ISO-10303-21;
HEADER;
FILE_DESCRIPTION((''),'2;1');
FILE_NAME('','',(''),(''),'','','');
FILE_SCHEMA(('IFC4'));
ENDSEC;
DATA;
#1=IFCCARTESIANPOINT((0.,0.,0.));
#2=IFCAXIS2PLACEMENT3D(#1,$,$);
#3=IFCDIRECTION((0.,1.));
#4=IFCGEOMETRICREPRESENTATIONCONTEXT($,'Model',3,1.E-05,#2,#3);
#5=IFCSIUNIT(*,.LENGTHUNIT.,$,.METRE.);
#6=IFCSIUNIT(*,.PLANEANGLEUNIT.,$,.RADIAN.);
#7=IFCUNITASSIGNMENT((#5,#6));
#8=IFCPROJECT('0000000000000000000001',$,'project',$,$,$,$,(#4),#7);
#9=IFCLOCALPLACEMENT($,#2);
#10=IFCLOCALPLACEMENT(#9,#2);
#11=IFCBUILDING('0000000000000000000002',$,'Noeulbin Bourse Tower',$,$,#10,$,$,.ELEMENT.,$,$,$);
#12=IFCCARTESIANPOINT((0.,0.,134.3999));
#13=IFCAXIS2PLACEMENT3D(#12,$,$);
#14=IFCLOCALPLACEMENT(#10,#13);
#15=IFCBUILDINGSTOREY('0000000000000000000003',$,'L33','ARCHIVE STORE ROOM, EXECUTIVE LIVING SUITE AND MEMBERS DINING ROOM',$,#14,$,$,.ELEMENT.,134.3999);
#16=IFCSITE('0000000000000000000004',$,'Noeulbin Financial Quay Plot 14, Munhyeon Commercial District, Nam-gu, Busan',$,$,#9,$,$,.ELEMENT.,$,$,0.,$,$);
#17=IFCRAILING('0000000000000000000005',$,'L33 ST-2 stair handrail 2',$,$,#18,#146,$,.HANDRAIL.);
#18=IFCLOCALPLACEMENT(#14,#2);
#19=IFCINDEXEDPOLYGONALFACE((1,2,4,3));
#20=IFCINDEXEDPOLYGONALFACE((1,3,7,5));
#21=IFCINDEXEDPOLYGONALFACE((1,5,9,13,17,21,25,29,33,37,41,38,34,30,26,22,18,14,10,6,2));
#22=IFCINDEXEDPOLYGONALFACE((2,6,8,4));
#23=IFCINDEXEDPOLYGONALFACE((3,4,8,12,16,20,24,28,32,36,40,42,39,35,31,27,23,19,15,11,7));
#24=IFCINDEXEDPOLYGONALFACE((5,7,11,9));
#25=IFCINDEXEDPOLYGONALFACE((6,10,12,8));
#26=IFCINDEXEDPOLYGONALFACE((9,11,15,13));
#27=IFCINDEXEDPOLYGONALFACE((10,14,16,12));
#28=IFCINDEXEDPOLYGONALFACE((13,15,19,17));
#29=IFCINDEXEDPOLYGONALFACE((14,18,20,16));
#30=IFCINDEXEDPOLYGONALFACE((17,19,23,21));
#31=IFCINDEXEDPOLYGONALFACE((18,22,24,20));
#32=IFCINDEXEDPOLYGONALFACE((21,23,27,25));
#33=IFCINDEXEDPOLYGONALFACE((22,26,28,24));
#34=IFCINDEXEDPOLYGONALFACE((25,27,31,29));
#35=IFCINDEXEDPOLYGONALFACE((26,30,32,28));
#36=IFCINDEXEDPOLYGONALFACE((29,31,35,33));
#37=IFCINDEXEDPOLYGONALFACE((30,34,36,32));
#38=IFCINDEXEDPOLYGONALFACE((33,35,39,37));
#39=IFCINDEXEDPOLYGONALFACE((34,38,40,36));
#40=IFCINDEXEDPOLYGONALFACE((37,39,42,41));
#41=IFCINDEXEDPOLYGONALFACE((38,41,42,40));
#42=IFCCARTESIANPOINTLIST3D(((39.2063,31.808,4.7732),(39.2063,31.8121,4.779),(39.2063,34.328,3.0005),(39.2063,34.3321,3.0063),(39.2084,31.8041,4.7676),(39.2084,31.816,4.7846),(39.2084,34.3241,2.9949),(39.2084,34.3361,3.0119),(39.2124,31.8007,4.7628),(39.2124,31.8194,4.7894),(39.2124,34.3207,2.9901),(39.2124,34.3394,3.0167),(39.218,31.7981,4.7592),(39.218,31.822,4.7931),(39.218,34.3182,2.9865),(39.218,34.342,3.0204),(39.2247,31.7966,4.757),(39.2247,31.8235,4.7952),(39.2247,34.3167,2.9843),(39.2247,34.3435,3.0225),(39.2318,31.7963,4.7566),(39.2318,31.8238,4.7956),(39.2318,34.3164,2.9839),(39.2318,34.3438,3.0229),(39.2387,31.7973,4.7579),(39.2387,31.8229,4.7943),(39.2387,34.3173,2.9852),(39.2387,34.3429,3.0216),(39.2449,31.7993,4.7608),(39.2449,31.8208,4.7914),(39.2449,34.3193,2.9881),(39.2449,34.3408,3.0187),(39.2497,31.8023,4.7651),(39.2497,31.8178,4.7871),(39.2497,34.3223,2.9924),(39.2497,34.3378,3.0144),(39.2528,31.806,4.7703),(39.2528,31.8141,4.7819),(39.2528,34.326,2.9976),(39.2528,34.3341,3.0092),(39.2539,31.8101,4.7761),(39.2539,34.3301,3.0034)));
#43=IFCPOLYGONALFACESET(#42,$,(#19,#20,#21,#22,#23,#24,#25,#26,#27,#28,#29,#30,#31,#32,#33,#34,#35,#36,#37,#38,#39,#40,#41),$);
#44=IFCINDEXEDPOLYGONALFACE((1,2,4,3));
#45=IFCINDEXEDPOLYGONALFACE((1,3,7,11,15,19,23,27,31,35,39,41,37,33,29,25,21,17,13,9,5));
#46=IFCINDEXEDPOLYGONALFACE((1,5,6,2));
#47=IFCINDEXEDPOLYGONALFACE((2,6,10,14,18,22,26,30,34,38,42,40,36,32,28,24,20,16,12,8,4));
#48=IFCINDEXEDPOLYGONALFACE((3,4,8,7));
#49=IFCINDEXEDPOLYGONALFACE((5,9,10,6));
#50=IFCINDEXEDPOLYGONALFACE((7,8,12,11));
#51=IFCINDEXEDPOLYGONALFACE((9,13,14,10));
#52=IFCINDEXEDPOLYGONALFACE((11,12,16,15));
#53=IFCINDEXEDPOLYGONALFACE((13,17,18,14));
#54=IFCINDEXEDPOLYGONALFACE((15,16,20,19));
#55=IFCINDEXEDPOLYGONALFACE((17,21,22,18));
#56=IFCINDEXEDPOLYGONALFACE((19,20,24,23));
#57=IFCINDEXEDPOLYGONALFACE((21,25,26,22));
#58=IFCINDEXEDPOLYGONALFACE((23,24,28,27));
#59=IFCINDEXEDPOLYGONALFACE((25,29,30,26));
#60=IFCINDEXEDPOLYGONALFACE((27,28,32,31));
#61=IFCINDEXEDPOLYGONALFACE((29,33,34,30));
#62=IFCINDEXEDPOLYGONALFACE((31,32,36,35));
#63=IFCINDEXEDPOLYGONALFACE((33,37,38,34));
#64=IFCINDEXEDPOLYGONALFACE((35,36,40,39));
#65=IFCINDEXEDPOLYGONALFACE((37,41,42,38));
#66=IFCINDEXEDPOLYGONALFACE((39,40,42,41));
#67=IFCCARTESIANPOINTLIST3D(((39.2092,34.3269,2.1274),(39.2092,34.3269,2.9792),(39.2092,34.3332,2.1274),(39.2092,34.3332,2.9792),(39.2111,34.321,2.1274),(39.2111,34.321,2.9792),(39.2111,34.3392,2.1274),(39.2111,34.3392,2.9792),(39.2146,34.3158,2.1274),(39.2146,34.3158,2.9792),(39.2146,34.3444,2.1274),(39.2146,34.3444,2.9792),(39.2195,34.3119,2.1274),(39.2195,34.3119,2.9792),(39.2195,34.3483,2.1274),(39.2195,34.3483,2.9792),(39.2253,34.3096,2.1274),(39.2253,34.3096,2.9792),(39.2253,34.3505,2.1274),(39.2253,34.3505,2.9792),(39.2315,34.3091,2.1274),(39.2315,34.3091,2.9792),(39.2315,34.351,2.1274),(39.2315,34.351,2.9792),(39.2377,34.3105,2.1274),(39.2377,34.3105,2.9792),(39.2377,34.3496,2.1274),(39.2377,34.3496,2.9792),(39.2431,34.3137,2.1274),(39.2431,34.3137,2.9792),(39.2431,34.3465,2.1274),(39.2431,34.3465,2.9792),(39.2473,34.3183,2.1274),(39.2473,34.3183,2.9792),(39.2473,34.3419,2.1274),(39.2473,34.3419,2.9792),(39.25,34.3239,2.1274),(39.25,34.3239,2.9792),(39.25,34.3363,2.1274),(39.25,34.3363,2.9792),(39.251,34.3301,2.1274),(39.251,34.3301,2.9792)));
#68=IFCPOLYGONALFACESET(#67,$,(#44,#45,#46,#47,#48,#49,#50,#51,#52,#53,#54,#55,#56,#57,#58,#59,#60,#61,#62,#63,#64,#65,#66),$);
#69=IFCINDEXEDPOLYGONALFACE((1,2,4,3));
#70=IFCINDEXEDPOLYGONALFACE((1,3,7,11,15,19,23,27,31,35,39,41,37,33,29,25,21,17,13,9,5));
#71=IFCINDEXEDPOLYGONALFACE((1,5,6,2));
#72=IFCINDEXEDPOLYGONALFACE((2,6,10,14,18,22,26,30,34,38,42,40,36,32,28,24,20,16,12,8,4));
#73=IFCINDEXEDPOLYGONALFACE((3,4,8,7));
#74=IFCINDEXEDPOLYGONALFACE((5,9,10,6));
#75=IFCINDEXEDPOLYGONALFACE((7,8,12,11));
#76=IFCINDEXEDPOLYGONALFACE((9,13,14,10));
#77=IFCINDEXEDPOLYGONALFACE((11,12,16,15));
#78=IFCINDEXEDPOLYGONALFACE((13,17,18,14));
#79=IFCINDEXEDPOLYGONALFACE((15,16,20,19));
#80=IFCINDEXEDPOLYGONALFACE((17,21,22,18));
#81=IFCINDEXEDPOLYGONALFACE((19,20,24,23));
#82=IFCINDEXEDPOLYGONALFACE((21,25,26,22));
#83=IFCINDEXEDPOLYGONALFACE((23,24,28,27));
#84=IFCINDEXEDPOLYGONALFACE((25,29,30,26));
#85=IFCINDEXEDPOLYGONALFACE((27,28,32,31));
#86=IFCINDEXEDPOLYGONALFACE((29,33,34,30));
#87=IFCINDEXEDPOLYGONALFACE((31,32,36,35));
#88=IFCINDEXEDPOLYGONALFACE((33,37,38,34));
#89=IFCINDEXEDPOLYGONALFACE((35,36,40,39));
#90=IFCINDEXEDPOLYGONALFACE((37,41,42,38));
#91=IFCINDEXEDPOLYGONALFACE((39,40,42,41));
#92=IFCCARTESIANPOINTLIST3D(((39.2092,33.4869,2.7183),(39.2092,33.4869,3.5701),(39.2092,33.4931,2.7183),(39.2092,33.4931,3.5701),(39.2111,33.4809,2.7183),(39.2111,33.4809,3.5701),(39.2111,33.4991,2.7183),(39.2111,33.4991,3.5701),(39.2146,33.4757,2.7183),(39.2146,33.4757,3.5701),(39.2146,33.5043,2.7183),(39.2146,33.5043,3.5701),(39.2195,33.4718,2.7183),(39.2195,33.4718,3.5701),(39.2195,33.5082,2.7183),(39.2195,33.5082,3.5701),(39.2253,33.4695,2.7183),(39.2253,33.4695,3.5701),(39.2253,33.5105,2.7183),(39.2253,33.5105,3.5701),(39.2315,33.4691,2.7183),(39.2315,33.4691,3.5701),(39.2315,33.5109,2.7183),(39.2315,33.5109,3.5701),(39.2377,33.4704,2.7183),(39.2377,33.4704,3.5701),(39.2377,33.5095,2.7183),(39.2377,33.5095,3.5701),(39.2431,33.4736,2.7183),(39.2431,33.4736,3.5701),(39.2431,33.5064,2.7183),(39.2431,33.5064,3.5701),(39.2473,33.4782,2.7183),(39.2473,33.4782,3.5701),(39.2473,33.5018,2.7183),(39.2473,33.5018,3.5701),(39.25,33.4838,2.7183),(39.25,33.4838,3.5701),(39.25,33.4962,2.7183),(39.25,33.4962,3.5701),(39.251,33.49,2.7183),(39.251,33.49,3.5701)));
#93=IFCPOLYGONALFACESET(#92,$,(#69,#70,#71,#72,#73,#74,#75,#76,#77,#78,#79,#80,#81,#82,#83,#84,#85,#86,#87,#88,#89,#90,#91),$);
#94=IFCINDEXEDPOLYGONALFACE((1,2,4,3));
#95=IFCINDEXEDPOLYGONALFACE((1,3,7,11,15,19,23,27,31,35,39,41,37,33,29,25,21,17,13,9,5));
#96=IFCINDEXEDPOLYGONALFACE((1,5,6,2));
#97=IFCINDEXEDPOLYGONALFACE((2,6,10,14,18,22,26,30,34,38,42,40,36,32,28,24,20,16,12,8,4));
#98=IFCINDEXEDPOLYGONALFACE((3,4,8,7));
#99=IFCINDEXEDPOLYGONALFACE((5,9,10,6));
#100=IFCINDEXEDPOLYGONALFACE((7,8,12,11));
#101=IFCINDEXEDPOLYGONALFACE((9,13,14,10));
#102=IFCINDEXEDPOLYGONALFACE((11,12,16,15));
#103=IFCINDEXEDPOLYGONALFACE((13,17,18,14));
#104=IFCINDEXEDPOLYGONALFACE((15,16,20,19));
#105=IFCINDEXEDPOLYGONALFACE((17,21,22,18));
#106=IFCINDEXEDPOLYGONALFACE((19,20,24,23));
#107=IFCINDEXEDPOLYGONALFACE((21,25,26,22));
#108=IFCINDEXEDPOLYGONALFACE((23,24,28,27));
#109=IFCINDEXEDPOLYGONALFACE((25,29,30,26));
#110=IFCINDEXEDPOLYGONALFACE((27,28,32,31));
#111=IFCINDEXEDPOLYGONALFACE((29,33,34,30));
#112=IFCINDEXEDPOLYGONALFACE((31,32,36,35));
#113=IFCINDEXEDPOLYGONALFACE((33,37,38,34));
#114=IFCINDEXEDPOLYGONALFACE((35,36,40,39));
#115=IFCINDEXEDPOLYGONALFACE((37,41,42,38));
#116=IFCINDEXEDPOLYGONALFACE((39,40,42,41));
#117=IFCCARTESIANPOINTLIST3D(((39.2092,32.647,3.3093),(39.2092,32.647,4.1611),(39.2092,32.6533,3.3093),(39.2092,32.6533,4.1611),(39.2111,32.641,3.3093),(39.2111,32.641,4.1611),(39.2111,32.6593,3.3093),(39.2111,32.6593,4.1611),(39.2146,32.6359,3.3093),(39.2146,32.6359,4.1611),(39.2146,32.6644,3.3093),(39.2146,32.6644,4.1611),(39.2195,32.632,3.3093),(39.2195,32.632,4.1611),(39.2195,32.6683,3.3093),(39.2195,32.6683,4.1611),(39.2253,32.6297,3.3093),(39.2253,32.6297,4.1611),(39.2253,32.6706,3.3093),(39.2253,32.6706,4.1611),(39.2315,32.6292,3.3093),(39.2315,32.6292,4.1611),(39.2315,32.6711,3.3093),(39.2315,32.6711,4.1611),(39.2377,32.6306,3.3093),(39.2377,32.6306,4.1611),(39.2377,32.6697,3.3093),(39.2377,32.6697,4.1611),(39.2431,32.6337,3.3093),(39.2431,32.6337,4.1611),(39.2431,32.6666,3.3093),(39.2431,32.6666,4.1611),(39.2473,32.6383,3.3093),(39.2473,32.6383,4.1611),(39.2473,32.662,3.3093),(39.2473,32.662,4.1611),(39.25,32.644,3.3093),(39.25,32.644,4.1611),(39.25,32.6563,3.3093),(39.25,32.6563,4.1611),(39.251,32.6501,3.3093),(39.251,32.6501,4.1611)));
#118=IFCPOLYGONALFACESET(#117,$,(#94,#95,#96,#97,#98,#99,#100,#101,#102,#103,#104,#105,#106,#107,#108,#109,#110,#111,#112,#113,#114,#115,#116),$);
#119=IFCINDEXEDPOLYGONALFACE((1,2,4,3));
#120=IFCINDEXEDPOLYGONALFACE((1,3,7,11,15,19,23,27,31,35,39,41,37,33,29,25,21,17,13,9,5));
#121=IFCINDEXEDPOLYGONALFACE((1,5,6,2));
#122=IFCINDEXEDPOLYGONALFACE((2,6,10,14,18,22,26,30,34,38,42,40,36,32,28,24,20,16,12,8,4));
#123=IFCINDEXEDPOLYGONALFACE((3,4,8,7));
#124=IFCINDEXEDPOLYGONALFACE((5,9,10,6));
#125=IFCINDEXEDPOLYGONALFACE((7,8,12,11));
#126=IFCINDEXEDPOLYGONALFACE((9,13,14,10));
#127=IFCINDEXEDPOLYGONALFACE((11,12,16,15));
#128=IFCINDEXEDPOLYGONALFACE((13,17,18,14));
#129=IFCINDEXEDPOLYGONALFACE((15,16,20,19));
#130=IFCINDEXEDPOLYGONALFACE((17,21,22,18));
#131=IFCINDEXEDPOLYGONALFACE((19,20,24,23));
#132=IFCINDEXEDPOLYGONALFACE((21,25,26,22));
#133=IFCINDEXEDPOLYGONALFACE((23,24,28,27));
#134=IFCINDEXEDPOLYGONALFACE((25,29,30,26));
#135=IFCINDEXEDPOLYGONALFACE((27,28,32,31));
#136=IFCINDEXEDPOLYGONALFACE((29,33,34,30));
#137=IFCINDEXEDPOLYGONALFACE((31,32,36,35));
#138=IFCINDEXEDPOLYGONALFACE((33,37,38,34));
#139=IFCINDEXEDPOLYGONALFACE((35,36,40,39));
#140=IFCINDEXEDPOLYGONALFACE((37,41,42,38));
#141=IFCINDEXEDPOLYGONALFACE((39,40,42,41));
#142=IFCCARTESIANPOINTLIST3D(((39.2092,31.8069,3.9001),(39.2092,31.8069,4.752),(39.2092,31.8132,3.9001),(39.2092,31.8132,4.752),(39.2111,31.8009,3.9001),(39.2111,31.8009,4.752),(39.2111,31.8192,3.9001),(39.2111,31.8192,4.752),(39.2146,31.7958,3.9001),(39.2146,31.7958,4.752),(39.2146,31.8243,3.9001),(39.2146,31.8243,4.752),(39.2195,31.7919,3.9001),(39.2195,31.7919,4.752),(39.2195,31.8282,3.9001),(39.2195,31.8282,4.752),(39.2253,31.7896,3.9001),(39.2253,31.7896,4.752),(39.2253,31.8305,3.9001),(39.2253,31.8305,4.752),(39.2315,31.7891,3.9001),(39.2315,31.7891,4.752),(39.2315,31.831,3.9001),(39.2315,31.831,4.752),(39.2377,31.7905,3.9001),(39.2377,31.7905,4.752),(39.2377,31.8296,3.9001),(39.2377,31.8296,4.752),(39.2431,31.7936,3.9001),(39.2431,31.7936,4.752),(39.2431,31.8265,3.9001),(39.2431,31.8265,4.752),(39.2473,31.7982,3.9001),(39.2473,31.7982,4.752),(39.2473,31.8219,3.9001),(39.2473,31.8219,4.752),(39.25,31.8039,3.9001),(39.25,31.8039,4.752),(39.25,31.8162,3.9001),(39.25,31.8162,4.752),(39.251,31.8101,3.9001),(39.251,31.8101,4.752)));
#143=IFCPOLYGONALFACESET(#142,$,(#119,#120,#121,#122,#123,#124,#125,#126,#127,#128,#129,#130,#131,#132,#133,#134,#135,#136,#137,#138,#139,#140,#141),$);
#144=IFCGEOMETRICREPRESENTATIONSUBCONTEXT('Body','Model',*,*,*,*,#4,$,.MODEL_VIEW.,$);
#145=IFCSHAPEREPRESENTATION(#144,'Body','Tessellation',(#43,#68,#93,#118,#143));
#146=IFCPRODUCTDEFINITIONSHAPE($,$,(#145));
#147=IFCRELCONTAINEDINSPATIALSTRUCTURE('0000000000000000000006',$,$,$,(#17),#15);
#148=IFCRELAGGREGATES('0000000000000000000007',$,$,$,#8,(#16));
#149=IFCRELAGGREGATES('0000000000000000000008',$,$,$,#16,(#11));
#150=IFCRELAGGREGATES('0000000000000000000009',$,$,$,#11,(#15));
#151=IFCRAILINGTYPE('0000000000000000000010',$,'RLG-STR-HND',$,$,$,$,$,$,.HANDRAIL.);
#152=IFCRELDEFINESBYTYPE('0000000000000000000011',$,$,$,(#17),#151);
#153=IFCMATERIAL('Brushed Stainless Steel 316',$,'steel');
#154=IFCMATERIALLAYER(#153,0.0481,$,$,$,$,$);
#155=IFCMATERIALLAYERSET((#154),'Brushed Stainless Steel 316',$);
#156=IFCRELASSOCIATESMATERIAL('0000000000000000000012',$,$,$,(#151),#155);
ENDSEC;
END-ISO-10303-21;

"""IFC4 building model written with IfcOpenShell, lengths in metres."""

from ifc_helpers import new_model, si_unit, direction, frame, origin, origin_2d, place, context, subcontext, project, spatial, circle, extrude, material, layer, layer_set, type_object, element, save


model = new_model("IFC4")

# Units and contexts
model_context = context("Model", 3, precision=1e-05, world=origin(), true_north=direction((0.0, 1.0)))
body_context = subcontext(model_context, "Body", "Model", "MODEL_VIEW")
ifc_project = project(units=[si_unit("LENGTHUNIT", "METRE"), si_unit("PLANEANGLEUNIT", "RADIAN")], contexts=[model_context])

# Site, building, storey
site_placement = place(None, origin())
site = spatial("IfcSite", under=ifc_project, at=site_placement, Name="Noeulbin Financial Quay Plot 14, Munhyeon Commercial District, Nam-gu, Busan", CompositionType="ELEMENT", RefElevation=0.0)
building_placement = place(site_placement, origin())
building = spatial("IfcBuilding", under=site, at=building_placement, Name="Noeulbin Bourse Tower", CompositionType="ELEMENT")
storey_placement = place(building_placement, frame((0.0, 0.0, 134.3999)))
storey = spatial("IfcBuildingStorey", under=building, at=storey_placement, Name="L33", Description="ARCHIVE STORE ROOM, EXECUTIVE LIVING SUITE AND MEMBERS DINING ROOM", CompositionType="ELEMENT", Elevation=134.3999)

# Shared definitions
ifc_material_1 = material(Name="Brushed Stainless Steel 316", Category="steel")

# Railing
ifc_layer_1 = layer(ifc_material_1, 0.0481)
ifc_layer_set_1 = layer_set([ifc_layer_1], Name="Brushed Stainless Steel 316")
railing_type = type_object("IfcRailingType", Name="RLG-STR-HND", PredefinedType="HANDRAIL", material=ifc_layer_set_1)
railing_placement = place(storey_placement, frame((39.23, 34.3301, 2.1274)))
element("IfcRailing", 1, at=railing_placement, inside=storey, type_object=railing_type, Name="L33 ST-2 stair handrail 2", PredefinedType="HANDRAIL", context=body_context, shape_type="SweptSolid", body=[
    extrude(circle(Radius=0.0239, at=origin_2d()), frame((0.0, 0.0, 0.876), z_axis=(0.0, -0.817904, 0.575354), x_axis=(1.0, 0.0, 0.0)), (0.0, 0.0, 1.0), 3.0811),
    extrude(circle(Radius=0.021, at=origin_2d()), origin(), (0.0, 0.0, 1.0), 0.8518),
    extrude(circle(Radius=0.021, at=origin_2d()), frame((0.0, -0.8401, 0.5908)), (0.0, 0.0, 1.0), 0.8518),
    extrude(circle(Radius=0.021, at=origin_2d()), frame((0.0, -1.6799, 1.1819)), (0.0, 0.0, 1.0), 0.8518),
    extrude(circle(Radius=0.021, at=origin_2d()), frame((0.0, -2.52, 1.7727)), (0.0, 0.0, 1.0), 0.8518),
])

save(model, "model.ifc")
